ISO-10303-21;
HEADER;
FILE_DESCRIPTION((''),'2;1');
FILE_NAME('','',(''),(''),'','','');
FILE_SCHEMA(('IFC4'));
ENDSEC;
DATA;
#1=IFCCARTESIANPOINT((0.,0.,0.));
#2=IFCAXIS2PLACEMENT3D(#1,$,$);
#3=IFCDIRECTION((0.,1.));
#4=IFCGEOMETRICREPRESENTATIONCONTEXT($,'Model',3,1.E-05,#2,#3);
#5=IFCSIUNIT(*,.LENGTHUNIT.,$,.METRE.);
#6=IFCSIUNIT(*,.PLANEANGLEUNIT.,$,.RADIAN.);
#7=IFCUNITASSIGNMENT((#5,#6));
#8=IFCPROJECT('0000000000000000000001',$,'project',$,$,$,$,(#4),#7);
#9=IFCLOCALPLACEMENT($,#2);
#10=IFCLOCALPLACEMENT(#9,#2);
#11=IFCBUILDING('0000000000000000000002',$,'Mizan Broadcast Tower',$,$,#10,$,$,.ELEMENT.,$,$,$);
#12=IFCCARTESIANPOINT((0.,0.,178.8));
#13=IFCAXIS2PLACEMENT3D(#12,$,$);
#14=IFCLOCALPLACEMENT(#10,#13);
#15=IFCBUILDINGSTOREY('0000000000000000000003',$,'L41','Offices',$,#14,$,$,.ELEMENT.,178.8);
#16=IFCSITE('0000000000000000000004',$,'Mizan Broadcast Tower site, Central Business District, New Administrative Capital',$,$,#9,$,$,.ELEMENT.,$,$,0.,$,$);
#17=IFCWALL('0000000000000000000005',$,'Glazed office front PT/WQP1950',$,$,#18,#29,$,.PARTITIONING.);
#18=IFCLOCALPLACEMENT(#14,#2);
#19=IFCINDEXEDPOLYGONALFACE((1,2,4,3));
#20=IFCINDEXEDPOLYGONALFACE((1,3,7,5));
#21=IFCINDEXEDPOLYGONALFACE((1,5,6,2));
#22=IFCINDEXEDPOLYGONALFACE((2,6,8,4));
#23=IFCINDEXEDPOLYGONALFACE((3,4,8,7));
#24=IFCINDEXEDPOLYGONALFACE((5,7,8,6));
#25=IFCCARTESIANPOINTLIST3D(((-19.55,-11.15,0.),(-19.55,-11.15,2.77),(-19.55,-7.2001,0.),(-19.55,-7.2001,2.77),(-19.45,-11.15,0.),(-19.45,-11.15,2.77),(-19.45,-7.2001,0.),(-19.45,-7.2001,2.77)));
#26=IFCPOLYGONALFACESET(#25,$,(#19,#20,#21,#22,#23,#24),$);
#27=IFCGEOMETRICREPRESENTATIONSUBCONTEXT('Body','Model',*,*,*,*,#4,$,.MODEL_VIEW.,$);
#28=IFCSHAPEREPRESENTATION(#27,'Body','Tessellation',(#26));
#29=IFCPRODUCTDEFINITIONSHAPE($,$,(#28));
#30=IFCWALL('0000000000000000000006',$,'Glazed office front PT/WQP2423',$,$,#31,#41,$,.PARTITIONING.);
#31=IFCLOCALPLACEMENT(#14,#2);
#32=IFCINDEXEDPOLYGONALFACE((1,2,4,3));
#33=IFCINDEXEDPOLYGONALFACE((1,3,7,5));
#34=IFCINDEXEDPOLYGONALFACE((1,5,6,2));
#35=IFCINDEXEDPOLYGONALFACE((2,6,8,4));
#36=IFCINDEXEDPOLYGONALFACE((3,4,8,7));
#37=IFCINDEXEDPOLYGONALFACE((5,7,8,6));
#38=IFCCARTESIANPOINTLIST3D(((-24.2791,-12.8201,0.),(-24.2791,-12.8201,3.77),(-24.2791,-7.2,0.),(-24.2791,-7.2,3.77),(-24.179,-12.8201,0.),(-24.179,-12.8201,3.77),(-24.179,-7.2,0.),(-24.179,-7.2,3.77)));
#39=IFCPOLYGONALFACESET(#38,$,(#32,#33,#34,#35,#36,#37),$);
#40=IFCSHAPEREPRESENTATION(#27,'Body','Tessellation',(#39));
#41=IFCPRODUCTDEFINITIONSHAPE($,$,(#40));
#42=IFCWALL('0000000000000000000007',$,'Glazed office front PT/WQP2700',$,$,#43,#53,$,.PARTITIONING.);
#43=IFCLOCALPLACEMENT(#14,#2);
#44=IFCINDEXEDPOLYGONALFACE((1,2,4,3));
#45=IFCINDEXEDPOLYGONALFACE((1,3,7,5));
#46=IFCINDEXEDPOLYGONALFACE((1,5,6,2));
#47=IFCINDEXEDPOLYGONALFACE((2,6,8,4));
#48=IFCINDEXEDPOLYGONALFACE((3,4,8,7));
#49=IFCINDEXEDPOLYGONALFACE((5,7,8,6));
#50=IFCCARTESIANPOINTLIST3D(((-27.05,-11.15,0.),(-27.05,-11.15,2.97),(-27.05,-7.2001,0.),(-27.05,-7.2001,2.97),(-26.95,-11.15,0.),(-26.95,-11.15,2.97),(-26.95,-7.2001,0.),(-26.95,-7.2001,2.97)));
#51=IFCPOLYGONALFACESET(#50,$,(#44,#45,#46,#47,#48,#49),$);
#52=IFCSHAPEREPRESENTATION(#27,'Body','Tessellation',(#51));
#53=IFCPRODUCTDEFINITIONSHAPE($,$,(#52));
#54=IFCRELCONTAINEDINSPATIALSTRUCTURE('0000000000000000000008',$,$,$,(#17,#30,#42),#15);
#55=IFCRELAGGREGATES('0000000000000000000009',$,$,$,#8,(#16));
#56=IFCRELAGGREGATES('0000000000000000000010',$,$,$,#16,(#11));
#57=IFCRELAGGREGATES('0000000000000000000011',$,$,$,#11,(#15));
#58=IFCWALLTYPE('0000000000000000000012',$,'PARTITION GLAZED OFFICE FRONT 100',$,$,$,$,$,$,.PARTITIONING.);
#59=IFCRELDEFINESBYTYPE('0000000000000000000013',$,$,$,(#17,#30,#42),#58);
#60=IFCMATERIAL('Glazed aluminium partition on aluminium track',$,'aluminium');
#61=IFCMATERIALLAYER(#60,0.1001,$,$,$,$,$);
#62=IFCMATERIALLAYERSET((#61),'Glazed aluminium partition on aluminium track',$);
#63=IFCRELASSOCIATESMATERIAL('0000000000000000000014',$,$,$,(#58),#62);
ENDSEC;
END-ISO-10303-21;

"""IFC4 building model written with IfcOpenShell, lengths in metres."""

from ifc_helpers import new_model, si_unit, direction, frame, frame_2d, origin, place, context, subcontext, project, spatial, rectangle, extrude, material, layer, layer_set, type_object, element, save


model = new_model("IFC4")

# Units and contexts
model_context = context("Model", 3, precision=1e-05, world=origin(), true_north=direction((0.0, 1.0)))
body_context = subcontext(model_context, "Body", "Model", "MODEL_VIEW")
ifc_project = project(units=[si_unit("LENGTHUNIT", "METRE"), si_unit("PLANEANGLEUNIT", "RADIAN")], contexts=[model_context])

# Site, building, storey
site_placement = place(None, origin())
site = spatial("IfcSite", under=ifc_project, at=site_placement, Name="Mizan Broadcast Tower site, Central Business District, New Administrative Capital", CompositionType="ELEMENT", RefElevation=0.0)
building_placement = place(site_placement, origin())
building = spatial("IfcBuilding", under=site, at=building_placement, Name="Mizan Broadcast Tower", CompositionType="ELEMENT")
storey_placement = place(building_placement, frame((0.0, 0.0, 178.8)))
storey = spatial("IfcBuildingStorey", under=building, at=storey_placement, Name="L41", Description="Offices", CompositionType="ELEMENT", Elevation=178.8)

# Shared definitions
ifc_material_1 = material(Name="Glazed aluminium partition on aluminium track", Category="aluminium")
ifc_layer_1 = layer(ifc_material_1, 0.1001)
ifc_layer_set_1 = layer_set([ifc_layer_1], Name="Glazed aluminium partition on aluminium track")
wall_type_1 = type_object("IfcWallType", Name="PARTITION GLAZED OFFICE FRONT 100", PredefinedType="PARTITIONING", material=ifc_layer_set_1)

# Walls
wall_1_placement = place(storey_placement, frame((-19.5, -7.2, 0.0), z_axis=(0.0, 0.0, 1.0), x_axis=(0.0, -1.0, 0.0)))
element("IfcWall", 1, at=wall_1_placement, inside=storey, type_object=wall_type_1, Name="Glazed office front PT/WQP1950", PredefinedType="PARTITIONING", context=body_context, shape_type="SweptSolid", body=[
    extrude(rectangle(XDim=3.95, YDim=0.1001, at=frame_2d((1.9751, 0.0))), origin(), (0.0, 0.0, 1.0), 2.77),
])
wall_2_placement = place(storey_placement, frame((-24.229, -7.2, 0.0), z_axis=(0.0, 0.0, 1.0), x_axis=(0.0, -1.0, 0.0)))
element("IfcWall", 2, at=wall_2_placement, inside=storey, type_object=wall_type_1, Name="Glazed office front PT/WQP2423", PredefinedType="PARTITIONING", context=body_context, shape_type="SweptSolid", body=[
    extrude(rectangle(XDim=5.6201, YDim=0.1001, at=frame_2d((2.8101, 0.0))), origin(), (0.0, 0.0, 1.0), 3.77),
])
wall_3_placement = place(storey_placement, frame((-27.0, -7.2, 0.0), z_axis=(0.0, 0.0, 1.0), x_axis=(0.0, -1.0, 0.0)))
element("IfcWall", 3, at=wall_3_placement, inside=storey, type_object=wall_type_1, Name="Glazed office front PT/WQP2700", PredefinedType="PARTITIONING", context=body_context, shape_type="SweptSolid", body=[
    extrude(rectangle(XDim=3.95, YDim=0.1001, at=frame_2d((1.9751, 0.0))), origin(), (0.0, 0.0, 1.0), 2.97),
])

save(model, "model.ifc")
